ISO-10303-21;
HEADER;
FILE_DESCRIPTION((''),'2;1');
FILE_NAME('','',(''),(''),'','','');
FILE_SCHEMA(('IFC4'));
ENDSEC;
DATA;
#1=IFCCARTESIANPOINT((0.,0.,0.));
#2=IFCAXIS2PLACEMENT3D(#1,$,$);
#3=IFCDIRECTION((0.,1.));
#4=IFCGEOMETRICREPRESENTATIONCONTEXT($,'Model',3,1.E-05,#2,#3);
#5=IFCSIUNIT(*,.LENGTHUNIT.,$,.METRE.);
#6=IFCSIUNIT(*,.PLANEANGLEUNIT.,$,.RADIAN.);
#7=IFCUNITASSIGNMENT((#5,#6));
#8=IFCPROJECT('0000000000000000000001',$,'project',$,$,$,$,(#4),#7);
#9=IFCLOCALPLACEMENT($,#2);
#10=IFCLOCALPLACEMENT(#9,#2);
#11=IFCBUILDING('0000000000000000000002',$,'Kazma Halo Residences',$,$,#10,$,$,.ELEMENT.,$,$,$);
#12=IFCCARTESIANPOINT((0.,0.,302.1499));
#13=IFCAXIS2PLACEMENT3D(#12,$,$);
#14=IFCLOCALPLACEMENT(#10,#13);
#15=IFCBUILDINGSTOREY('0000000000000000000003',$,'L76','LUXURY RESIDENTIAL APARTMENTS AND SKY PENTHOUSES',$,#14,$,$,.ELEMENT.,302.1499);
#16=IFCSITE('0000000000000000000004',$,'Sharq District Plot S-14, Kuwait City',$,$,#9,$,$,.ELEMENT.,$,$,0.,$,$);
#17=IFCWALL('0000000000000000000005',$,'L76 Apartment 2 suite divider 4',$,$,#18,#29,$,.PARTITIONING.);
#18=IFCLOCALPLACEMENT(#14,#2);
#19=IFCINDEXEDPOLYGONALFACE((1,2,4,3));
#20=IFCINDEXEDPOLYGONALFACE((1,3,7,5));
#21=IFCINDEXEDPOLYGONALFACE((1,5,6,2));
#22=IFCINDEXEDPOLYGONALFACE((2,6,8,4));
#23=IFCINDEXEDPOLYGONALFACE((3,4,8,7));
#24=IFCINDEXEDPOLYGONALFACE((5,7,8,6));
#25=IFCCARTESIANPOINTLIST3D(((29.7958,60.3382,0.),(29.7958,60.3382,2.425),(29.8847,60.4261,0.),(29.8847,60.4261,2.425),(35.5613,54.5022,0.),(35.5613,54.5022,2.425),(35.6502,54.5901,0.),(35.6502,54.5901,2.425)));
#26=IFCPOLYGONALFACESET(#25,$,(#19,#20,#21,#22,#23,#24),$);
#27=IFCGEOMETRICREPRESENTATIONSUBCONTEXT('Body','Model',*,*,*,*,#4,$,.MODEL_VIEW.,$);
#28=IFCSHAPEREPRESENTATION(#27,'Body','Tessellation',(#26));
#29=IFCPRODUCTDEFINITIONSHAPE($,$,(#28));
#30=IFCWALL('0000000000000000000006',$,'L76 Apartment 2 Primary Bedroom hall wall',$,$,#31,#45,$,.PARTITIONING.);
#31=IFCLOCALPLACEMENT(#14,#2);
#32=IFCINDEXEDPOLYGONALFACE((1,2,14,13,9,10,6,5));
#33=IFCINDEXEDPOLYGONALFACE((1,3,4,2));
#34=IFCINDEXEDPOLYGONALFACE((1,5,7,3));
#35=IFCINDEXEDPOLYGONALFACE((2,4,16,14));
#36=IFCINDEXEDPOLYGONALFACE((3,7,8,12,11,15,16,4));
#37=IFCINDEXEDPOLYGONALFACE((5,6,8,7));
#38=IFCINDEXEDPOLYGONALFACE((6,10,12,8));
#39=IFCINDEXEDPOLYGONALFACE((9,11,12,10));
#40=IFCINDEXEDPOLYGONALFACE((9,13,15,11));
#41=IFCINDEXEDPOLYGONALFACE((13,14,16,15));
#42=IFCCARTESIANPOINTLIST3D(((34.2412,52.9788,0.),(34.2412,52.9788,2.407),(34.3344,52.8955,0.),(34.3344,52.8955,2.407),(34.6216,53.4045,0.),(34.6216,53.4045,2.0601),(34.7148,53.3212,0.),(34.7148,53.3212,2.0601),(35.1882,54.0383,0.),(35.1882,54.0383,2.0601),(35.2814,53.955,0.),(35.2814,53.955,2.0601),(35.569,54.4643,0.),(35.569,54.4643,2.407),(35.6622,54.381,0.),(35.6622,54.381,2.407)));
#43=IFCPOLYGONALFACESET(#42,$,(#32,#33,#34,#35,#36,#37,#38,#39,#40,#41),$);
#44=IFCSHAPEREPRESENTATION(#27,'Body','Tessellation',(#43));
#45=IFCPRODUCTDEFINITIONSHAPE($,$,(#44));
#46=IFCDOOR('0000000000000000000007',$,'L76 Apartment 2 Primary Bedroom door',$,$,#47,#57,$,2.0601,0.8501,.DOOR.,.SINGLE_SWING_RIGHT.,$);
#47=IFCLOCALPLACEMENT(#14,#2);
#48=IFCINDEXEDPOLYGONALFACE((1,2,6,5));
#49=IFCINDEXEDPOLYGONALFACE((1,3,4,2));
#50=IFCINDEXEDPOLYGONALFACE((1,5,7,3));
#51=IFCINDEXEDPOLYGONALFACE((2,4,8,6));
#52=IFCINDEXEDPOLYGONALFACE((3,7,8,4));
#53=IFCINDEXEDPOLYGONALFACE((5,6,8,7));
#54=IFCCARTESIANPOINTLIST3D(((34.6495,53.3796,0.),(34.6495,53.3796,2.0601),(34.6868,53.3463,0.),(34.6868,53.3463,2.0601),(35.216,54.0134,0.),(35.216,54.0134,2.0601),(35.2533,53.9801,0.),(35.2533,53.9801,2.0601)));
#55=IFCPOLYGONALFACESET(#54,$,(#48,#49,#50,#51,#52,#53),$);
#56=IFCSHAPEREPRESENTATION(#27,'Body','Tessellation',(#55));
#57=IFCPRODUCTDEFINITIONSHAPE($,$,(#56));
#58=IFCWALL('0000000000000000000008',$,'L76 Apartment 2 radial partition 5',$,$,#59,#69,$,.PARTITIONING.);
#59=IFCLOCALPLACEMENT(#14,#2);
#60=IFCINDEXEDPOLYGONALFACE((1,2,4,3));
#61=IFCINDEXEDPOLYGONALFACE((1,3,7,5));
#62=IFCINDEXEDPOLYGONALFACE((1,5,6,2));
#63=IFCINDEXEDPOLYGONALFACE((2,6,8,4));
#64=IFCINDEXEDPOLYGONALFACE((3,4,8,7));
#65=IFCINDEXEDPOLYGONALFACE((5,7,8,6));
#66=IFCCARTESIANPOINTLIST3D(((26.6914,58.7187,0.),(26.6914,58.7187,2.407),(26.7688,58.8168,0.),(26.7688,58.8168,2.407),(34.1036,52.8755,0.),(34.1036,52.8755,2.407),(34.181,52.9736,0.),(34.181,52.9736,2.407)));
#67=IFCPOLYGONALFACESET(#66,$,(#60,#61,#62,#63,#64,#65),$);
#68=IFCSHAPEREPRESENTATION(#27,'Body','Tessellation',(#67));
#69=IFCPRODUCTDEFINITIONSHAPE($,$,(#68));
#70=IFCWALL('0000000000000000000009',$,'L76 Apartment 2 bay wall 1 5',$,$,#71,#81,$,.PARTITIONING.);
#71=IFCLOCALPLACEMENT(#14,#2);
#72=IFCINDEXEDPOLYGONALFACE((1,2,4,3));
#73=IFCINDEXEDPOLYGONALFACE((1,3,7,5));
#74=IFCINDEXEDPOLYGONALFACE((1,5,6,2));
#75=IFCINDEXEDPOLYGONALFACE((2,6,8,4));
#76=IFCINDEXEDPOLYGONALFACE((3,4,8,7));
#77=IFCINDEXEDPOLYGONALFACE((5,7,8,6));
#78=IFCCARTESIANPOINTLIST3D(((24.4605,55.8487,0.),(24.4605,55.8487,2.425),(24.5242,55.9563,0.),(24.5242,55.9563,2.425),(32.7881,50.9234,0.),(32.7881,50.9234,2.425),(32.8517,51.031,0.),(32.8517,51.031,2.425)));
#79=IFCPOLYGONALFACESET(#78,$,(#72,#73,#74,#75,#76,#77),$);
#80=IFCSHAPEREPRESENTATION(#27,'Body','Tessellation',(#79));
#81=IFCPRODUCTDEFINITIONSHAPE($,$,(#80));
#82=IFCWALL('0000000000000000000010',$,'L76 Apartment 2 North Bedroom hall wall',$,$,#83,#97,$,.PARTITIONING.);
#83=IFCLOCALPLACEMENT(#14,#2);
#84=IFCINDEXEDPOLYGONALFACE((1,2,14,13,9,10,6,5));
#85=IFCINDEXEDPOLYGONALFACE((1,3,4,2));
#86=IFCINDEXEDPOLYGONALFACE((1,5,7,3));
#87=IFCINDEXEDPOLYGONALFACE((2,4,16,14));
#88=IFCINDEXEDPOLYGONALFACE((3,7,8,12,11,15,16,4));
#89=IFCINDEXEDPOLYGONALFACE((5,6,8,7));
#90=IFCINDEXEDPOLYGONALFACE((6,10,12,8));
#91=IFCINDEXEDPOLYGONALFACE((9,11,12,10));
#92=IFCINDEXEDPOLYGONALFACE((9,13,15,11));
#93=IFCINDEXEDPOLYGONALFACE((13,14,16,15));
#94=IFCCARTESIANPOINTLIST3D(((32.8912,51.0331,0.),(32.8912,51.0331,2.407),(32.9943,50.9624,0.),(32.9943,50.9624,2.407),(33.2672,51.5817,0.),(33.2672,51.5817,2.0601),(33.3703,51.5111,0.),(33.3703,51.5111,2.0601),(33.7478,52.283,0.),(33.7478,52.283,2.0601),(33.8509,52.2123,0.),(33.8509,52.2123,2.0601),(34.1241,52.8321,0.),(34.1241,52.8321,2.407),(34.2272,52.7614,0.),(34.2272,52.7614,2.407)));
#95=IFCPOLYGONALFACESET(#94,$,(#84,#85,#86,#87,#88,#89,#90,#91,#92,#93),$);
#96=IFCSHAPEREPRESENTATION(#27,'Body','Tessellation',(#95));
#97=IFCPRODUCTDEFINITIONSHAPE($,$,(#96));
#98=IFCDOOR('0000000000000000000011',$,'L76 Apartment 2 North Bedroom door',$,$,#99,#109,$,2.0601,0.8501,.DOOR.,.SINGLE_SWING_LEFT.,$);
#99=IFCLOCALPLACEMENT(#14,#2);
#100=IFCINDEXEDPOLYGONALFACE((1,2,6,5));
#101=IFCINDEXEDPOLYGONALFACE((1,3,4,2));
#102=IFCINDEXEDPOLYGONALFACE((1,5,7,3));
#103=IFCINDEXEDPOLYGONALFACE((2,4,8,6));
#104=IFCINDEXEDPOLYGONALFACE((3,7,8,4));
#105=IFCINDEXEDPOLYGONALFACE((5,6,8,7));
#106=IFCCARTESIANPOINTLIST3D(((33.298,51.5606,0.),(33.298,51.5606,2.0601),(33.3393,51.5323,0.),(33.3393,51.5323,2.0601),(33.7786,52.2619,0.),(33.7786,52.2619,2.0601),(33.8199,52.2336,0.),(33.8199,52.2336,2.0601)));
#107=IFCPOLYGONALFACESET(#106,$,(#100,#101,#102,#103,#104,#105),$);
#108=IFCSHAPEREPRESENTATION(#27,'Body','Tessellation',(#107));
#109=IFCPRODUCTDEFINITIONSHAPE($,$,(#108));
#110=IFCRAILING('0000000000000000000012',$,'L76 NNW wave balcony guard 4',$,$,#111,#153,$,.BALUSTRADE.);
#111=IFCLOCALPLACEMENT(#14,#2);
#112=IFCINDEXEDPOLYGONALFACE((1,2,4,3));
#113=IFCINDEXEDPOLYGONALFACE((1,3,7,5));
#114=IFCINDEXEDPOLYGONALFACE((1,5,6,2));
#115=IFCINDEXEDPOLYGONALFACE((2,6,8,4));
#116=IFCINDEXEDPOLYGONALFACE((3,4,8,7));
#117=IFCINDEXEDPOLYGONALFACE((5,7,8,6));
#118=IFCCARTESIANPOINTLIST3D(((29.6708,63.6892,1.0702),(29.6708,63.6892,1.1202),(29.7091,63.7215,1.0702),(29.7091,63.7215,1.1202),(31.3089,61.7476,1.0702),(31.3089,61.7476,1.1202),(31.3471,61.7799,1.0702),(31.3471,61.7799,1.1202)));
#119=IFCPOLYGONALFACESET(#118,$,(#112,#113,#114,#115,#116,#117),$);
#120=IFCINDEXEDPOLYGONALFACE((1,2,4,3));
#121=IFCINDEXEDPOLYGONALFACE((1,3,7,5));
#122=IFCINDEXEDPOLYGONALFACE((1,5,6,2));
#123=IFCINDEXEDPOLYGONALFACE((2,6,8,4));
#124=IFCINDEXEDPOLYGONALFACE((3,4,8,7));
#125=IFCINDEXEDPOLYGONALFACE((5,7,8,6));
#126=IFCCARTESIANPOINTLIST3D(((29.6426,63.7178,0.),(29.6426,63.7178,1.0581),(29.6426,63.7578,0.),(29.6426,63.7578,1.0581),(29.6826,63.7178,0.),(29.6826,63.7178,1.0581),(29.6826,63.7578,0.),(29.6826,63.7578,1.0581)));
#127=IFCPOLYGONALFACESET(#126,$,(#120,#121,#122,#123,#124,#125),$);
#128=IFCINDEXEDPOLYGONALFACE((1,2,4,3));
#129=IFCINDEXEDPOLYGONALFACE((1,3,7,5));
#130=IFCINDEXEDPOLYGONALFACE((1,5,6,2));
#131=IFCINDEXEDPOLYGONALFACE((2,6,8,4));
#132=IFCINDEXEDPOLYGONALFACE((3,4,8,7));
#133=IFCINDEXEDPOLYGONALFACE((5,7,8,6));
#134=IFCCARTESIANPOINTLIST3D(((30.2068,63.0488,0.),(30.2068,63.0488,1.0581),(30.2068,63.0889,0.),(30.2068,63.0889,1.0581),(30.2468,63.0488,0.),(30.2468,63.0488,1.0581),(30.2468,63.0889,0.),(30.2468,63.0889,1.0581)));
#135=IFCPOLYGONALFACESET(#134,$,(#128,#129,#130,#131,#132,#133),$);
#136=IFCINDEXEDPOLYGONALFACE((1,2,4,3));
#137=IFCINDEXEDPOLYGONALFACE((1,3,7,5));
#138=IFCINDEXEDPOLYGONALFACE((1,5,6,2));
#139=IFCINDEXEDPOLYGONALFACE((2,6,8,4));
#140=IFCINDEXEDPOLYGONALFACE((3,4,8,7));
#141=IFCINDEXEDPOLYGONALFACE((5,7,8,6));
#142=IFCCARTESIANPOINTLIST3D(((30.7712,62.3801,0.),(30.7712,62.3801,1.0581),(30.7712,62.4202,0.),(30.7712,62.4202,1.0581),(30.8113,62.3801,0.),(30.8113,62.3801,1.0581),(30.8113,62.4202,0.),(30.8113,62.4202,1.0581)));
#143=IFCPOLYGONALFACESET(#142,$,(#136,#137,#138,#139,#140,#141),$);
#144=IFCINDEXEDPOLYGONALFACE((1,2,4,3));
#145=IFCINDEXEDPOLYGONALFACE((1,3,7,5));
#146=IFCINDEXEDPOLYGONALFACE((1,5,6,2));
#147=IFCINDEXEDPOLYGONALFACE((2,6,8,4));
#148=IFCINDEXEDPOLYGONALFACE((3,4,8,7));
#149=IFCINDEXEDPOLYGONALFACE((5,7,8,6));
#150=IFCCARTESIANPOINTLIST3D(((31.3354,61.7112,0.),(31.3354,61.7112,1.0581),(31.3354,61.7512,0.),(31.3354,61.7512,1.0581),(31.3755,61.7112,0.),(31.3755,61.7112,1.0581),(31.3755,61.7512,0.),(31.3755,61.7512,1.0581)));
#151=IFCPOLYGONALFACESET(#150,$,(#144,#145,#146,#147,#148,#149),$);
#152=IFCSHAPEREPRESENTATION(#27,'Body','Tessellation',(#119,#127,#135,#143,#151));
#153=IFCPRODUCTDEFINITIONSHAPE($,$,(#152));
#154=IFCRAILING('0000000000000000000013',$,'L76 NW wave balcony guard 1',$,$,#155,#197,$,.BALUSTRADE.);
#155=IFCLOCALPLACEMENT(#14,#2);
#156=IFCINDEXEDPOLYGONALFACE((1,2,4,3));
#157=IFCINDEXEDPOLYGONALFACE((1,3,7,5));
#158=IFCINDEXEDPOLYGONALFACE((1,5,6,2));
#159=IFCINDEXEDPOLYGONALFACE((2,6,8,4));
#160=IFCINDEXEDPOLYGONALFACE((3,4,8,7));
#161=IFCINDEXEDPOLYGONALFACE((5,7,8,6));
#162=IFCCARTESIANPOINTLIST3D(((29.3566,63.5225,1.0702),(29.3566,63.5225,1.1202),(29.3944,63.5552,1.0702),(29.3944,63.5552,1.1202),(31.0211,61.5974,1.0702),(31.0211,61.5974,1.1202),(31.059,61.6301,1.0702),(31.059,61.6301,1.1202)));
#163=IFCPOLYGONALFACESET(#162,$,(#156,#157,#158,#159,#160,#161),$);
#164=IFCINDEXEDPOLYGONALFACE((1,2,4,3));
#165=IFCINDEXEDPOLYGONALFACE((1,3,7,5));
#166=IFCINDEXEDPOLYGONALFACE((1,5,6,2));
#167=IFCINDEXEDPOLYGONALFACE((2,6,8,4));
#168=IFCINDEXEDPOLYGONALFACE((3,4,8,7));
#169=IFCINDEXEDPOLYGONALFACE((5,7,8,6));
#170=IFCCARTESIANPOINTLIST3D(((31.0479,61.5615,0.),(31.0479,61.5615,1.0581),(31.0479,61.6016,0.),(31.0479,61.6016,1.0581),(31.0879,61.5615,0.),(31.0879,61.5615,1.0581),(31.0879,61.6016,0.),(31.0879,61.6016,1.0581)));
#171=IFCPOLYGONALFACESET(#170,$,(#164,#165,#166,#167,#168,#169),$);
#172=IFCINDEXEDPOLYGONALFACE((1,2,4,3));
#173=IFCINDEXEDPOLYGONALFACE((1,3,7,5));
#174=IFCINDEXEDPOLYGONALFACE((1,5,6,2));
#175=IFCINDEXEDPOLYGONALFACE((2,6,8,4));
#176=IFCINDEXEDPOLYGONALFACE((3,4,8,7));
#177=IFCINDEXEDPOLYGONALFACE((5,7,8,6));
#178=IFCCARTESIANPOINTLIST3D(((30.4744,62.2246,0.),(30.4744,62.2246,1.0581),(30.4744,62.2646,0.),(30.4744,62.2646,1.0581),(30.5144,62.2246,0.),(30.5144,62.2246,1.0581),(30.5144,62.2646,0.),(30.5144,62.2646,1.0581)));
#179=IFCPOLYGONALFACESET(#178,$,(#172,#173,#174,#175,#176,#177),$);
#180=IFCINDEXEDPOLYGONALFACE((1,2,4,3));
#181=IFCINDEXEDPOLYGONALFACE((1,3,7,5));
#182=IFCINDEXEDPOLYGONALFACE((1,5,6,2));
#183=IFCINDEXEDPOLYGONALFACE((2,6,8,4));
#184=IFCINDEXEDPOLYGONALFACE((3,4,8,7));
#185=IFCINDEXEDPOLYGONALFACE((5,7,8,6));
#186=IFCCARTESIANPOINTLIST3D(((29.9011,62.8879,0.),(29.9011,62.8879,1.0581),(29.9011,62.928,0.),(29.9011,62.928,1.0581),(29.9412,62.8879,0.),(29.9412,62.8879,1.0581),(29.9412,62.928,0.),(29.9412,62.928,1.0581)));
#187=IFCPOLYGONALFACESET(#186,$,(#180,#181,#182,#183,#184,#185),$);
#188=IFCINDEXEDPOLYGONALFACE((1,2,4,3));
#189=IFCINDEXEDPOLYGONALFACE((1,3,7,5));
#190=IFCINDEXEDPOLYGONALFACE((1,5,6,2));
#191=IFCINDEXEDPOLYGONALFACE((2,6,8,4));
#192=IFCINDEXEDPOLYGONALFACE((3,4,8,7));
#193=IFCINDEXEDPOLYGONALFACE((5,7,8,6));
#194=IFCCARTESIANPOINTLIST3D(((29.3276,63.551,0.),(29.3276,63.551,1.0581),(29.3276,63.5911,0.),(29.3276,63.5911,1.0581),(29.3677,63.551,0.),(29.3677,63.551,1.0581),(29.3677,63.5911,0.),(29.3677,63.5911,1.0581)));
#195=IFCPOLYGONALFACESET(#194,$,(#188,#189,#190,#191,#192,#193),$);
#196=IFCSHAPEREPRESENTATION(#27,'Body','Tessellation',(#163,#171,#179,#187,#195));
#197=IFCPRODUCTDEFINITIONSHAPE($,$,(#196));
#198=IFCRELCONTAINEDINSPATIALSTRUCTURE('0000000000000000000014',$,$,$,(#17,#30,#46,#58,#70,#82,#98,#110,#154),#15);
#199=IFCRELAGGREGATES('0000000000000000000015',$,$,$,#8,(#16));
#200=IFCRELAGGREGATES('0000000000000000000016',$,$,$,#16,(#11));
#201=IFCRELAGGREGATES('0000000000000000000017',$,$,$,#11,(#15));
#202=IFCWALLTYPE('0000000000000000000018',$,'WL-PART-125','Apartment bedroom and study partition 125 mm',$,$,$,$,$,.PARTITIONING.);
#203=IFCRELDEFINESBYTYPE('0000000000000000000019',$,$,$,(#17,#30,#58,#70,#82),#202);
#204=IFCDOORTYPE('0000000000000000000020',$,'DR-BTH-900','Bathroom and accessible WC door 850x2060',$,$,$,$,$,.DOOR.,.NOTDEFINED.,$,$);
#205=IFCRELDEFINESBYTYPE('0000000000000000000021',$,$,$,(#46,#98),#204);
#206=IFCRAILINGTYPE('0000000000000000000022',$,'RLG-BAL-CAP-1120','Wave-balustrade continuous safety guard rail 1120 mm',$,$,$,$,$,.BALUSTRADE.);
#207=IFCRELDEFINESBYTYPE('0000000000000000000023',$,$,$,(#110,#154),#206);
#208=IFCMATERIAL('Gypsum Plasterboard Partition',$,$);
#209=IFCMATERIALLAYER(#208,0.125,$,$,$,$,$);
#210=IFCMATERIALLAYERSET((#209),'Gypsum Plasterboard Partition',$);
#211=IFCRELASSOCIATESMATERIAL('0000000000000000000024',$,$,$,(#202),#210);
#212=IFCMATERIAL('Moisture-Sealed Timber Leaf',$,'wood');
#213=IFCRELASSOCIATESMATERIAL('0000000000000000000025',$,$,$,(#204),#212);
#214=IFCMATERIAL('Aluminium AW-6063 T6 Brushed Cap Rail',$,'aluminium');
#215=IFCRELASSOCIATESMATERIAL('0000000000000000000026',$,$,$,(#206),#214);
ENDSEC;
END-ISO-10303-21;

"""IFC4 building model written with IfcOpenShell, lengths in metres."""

from ifc_helpers import new_model, si_unit, direction, frame, frame_2d, origin, origin_2d, place, context, subcontext, project, spatial, rectangle, extrude, material, layer, layer_set, type_object, element, fill, save


model = new_model("IFC4")

# Units and contexts
model_context = context("Model", 3, precision=1e-05, world=origin(), true_north=direction((0.0, 1.0)))
body_context = subcontext(model_context, "Body", "Model", "MODEL_VIEW")
ifc_project = project(units=[si_unit("LENGTHUNIT", "METRE"), si_unit("PLANEANGLEUNIT", "RADIAN")], contexts=[model_context])

# Site, building, storey
site_placement = place(None, origin())
site = spatial("IfcSite", under=ifc_project, at=site_placement, Name="Sharq District Plot S-14, Kuwait City", CompositionType="ELEMENT", RefElevation=0.0)
building_placement = place(site_placement, origin())
building = spatial("IfcBuilding", under=site, at=building_placement, Name="Kazma Halo Residences", CompositionType="ELEMENT")
storey_placement = place(building_placement, frame((0.0, 0.0, 302.1499)))
storey = spatial("IfcBuildingStorey", under=building, at=storey_placement, Name="L76", Description="LUXURY RESIDENTIAL APARTMENTS AND SKY PENTHOUSES", CompositionType="ELEMENT", Elevation=302.1499)

# Shared definitions
ifc_material_1 = material(Name="Gypsum Plasterboard Partition")
ifc_layer_1 = layer(ifc_material_1, 0.125)
ifc_layer_set_1 = layer_set([ifc_layer_1], Name="Gypsum Plasterboard Partition")
wall_type_1 = type_object("IfcWallType", Name="WL-PART-125", Description="Apartment bedroom and study partition 125 mm", PredefinedType="PARTITIONING", material=ifc_layer_set_1)
ifc_material_2 = material(Name="Moisture-Sealed Timber Leaf", Category="wood")
door_type_1 = type_object("IfcDoorType", Name="DR-BTH-900", Description="Bathroom and accessible WC door 850x2060", OperationType="NOTDEFINED", PredefinedType="DOOR", material=ifc_material_2)

# Wall
wall_1_placement = place(storey_placement, frame((35.6057, 54.5461, 0.0), z_axis=(0.0, 0.0, 1.0), x_axis=(-0.702793, 0.711394, 0.0)))
element("IfcWall", 1, at=wall_1_placement, inside=storey, type_object=wall_type_1, Name="L76 Apartment 2 suite divider 4", PredefinedType="PARTITIONING", context=body_context, shape_type="SweptSolid", body=[
    extrude(rectangle(XDim=8.2036, YDim=0.125, at=frame_2d((4.1018, 0.0))), origin(), (0.0, 0.0, 1.0), 2.425),
])

# Wall, opening, door
wall_2_placement = place(storey_placement, frame((35.6155, 54.4226, 0.0), z_axis=(0.0, 0.0, 1.0), x_axis=(-0.666422, -0.745574, 0.0)))
wall_2 = element("IfcWall", 2, at=wall_2_placement, inside=storey, type_object=wall_type_1, Name="L76 Apartment 2 Primary Bedroom hall wall", PredefinedType="PARTITIONING", context=body_context, shape_type="SweptSolid", body=[
    extrude(rectangle(XDim=1.9924, YDim=0.125, at=frame_2d((0.9961, 0.0))), origin(), (0.0, 0.0, 1.0), 2.407),
])
opening_1_placement = place(wall_2_placement, frame((0.5713, 0.0, 0.0)))
opening_1 = element("IfcOpeningElement", 3, at=opening_1_placement, cuts=wall_2, PredefinedType="OPENING", context=body_context, shape_type="SweptSolid", body=[
    extrude(rectangle(XDim=0.8501, YDim=2.0601, at=frame_2d((0.425, 1.03))), frame((0.0, 0.0725, 0.0), z_axis=(0.0, -1.0, 0.0), x_axis=(1.0, 0.0, 0.0)), (0.0, 0.0, 1.0), 0.145),
])
door_1_placement = place(opening_1_placement, origin())
door_1 = element("IfcDoor", 4, at=door_1_placement, inside=storey, type_object=door_type_1, Name="L76 Apartment 2 Primary Bedroom door", OperationType="SINGLE_SWING_RIGHT", OverallHeight=2.0601, OverallWidth=0.8501, PredefinedType="DOOR", context=body_context, shape_type="SweptSolid", body=[
    extrude(rectangle(XDim=0.8501, YDim=2.0601, at=frame_2d((0.425, 1.03))), frame((0.0, 0.0249, 0.0), z_axis=(0.0, -1.0, 0.0), x_axis=(1.0, 0.0, 0.0)), (0.0, 0.0, 1.0), 0.05),
])
fill(opening_1, door_1)

# Walls
wall_3_placement = place(storey_placement, frame((34.1423, 52.9246, 0.0), z_axis=(0.0, 0.0, 1.0), x_axis=(-0.785326, 0.619083, 0.0)))
element("IfcWall", 5, at=wall_3_placement, inside=storey, type_object=wall_type_1, Name="L76 Apartment 2 radial partition 5", PredefinedType="PARTITIONING", context=body_context, shape_type="SweptSolid", body=[
    extrude(rectangle(XDim=9.4385, YDim=0.125, at=frame_2d((4.7192, 0.0))), origin(), (0.0, 0.0, 1.0), 2.407),
])
wall_4_placement = place(storey_placement, frame((32.8198, 50.9773, 0.0), z_axis=(0.0, 0.0, 1.0), x_axis=(-0.860727, 0.509068, 0.0)))
element("IfcWall", 6, at=wall_4_placement, inside=storey, type_object=wall_type_1, Name="L76 Apartment 2 bay wall 1 5", PredefinedType="PARTITIONING", context=body_context, shape_type="SweptSolid", body=[
    extrude(rectangle(XDim=9.675, YDim=0.125, at=frame_2d((4.8374, 0.0))), origin(), (0.0, 0.0, 1.0), 2.425),
])

# Wall, opening, door
wall_5_placement = place(storey_placement, frame((34.1755, 52.7966, 0.0), z_axis=(0.0, 0.0, 1.0), x_axis=(-0.565298, -0.824887, 0.0)))
wall_5 = element("IfcWall", 7, at=wall_5_placement, inside=storey, type_object=wall_type_1, Name="L76 Apartment 2 North Bedroom hall wall", PredefinedType="PARTITIONING", context=body_context, shape_type="SweptSolid", body=[
    extrude(rectangle(XDim=2.1809, YDim=0.125, at=frame_2d((1.0903, 0.0))), origin(), (0.0, 0.0, 1.0), 2.407),
])
opening_2_placement = place(wall_5_placement, frame((0.6655, 0.0, 0.0)))
opening_2 = element("IfcOpeningElement", 8, at=opening_2_placement, cuts=wall_5, PredefinedType="OPENING", context=body_context, shape_type="SweptSolid", body=[
    extrude(rectangle(XDim=0.8501, YDim=2.0601, at=frame_2d((0.425, 1.03))), frame((0.0, 0.0725, 0.0), z_axis=(0.0, -1.0, 0.0), x_axis=(1.0, 0.0, 0.0)), (0.0, 0.0, 1.0), 0.145),
])
door_2_placement = place(opening_2_placement, origin())
door_2 = element("IfcDoor", 9, at=door_2_placement, inside=storey, type_object=door_type_1, Name="L76 Apartment 2 North Bedroom door", OperationType="SINGLE_SWING_LEFT", OverallHeight=2.0601, OverallWidth=0.8501, PredefinedType="DOOR", context=body_context, shape_type="SweptSolid", body=[
    extrude(rectangle(XDim=0.8501, YDim=2.0601, at=frame_2d((0.425, 1.03))), frame((0.0, 0.0249, 0.0), z_axis=(0.0, -1.0, 0.0), x_axis=(1.0, 0.0, 0.0)), (0.0, 0.0, 1.0), 0.05),
])
fill(opening_2, door_2)

# Railings
ifc_material_3 = material(Name="Aluminium AW-6063 T6 Brushed Cap Rail", Category="aluminium")
railing_type = type_object("IfcRailingType", Name="RLG-BAL-CAP-1120", Description="Wave-balustrade continuous safety guard rail 1120 mm", PredefinedType="BALUSTRADE", material=ifc_material_3)
railing_1_placement = place(storey_placement, frame((29.6626, 63.7378, 0.0)))
element("IfcRailing", 10, at=railing_1_placement, inside=storey, type_object=railing_type, Name="L76 NNW wave balcony guard 4", PredefinedType="BALUSTRADE", context=body_context, shape_type="SweptSolid", body=[
    extrude(rectangle(XDim=0.05, YDim=0.05, at=origin_2d()), frame((0.0273, -0.0325, 1.0952), z_axis=(0.644828, -0.764327, 0.0), x_axis=(0.764327, 0.644828, 0.0)), (0.0, 0.0, 1.0), 2.5403),
    extrude(rectangle(XDim=0.04, YDim=0.04, at=origin_2d()), origin(), (0.0, 0.0, 1.0), 1.0581),
    extrude(rectangle(XDim=0.04, YDim=0.04, at=origin_2d()), frame((0.5642, -0.6689, 0.0)), (0.0, 0.0, 1.0), 1.0581),
    extrude(rectangle(XDim=0.04, YDim=0.04, at=origin_2d()), frame((1.1287, -1.3376, 0.0)), (0.0, 0.0, 1.0), 1.0581),
    extrude(rectangle(XDim=0.04, YDim=0.04, at=origin_2d()), frame((1.6929, -2.0066, 0.0)), (0.0, 0.0, 1.0), 1.0581),
])
railing_2_placement = place(storey_placement, frame((31.0679, 61.5815, 0.0)))
element("IfcRailing", 11, at=railing_2_placement, inside=storey, type_object=railing_type, Name="L76 NW wave balcony guard 1", PredefinedType="BALUSTRADE", context=body_context, shape_type="SweptSolid", body=[
    extrude(rectangle(XDim=0.05, YDim=0.05, at=origin_2d()), frame((-0.0278, 0.0322, 1.0952), z_axis=(-0.654057, 0.756445, 0.0), x_axis=(-0.756445, -0.654057, 0.0)), (0.0, 0.0, 1.0), 2.5449),
    extrude(rectangle(XDim=0.04, YDim=0.04, at=origin_2d()), origin(), (0.0, 0.0, 1.0), 1.0581),
    extrude(rectangle(XDim=0.04, YDim=0.04, at=origin_2d()), frame((-0.5735, 0.6631, 0.0)), (0.0, 0.0, 1.0), 1.0581),
    extrude(rectangle(XDim=0.04, YDim=0.04, at=origin_2d()), frame((-1.1467, 1.3264, 0.0)), (0.0, 0.0, 1.0), 1.0581),
    extrude(rectangle(XDim=0.04, YDim=0.04, at=origin_2d()), frame((-1.7202, 1.9895, 0.0)), (0.0, 0.0, 1.0), 1.0581),
])

save(model, "model.ifc")
